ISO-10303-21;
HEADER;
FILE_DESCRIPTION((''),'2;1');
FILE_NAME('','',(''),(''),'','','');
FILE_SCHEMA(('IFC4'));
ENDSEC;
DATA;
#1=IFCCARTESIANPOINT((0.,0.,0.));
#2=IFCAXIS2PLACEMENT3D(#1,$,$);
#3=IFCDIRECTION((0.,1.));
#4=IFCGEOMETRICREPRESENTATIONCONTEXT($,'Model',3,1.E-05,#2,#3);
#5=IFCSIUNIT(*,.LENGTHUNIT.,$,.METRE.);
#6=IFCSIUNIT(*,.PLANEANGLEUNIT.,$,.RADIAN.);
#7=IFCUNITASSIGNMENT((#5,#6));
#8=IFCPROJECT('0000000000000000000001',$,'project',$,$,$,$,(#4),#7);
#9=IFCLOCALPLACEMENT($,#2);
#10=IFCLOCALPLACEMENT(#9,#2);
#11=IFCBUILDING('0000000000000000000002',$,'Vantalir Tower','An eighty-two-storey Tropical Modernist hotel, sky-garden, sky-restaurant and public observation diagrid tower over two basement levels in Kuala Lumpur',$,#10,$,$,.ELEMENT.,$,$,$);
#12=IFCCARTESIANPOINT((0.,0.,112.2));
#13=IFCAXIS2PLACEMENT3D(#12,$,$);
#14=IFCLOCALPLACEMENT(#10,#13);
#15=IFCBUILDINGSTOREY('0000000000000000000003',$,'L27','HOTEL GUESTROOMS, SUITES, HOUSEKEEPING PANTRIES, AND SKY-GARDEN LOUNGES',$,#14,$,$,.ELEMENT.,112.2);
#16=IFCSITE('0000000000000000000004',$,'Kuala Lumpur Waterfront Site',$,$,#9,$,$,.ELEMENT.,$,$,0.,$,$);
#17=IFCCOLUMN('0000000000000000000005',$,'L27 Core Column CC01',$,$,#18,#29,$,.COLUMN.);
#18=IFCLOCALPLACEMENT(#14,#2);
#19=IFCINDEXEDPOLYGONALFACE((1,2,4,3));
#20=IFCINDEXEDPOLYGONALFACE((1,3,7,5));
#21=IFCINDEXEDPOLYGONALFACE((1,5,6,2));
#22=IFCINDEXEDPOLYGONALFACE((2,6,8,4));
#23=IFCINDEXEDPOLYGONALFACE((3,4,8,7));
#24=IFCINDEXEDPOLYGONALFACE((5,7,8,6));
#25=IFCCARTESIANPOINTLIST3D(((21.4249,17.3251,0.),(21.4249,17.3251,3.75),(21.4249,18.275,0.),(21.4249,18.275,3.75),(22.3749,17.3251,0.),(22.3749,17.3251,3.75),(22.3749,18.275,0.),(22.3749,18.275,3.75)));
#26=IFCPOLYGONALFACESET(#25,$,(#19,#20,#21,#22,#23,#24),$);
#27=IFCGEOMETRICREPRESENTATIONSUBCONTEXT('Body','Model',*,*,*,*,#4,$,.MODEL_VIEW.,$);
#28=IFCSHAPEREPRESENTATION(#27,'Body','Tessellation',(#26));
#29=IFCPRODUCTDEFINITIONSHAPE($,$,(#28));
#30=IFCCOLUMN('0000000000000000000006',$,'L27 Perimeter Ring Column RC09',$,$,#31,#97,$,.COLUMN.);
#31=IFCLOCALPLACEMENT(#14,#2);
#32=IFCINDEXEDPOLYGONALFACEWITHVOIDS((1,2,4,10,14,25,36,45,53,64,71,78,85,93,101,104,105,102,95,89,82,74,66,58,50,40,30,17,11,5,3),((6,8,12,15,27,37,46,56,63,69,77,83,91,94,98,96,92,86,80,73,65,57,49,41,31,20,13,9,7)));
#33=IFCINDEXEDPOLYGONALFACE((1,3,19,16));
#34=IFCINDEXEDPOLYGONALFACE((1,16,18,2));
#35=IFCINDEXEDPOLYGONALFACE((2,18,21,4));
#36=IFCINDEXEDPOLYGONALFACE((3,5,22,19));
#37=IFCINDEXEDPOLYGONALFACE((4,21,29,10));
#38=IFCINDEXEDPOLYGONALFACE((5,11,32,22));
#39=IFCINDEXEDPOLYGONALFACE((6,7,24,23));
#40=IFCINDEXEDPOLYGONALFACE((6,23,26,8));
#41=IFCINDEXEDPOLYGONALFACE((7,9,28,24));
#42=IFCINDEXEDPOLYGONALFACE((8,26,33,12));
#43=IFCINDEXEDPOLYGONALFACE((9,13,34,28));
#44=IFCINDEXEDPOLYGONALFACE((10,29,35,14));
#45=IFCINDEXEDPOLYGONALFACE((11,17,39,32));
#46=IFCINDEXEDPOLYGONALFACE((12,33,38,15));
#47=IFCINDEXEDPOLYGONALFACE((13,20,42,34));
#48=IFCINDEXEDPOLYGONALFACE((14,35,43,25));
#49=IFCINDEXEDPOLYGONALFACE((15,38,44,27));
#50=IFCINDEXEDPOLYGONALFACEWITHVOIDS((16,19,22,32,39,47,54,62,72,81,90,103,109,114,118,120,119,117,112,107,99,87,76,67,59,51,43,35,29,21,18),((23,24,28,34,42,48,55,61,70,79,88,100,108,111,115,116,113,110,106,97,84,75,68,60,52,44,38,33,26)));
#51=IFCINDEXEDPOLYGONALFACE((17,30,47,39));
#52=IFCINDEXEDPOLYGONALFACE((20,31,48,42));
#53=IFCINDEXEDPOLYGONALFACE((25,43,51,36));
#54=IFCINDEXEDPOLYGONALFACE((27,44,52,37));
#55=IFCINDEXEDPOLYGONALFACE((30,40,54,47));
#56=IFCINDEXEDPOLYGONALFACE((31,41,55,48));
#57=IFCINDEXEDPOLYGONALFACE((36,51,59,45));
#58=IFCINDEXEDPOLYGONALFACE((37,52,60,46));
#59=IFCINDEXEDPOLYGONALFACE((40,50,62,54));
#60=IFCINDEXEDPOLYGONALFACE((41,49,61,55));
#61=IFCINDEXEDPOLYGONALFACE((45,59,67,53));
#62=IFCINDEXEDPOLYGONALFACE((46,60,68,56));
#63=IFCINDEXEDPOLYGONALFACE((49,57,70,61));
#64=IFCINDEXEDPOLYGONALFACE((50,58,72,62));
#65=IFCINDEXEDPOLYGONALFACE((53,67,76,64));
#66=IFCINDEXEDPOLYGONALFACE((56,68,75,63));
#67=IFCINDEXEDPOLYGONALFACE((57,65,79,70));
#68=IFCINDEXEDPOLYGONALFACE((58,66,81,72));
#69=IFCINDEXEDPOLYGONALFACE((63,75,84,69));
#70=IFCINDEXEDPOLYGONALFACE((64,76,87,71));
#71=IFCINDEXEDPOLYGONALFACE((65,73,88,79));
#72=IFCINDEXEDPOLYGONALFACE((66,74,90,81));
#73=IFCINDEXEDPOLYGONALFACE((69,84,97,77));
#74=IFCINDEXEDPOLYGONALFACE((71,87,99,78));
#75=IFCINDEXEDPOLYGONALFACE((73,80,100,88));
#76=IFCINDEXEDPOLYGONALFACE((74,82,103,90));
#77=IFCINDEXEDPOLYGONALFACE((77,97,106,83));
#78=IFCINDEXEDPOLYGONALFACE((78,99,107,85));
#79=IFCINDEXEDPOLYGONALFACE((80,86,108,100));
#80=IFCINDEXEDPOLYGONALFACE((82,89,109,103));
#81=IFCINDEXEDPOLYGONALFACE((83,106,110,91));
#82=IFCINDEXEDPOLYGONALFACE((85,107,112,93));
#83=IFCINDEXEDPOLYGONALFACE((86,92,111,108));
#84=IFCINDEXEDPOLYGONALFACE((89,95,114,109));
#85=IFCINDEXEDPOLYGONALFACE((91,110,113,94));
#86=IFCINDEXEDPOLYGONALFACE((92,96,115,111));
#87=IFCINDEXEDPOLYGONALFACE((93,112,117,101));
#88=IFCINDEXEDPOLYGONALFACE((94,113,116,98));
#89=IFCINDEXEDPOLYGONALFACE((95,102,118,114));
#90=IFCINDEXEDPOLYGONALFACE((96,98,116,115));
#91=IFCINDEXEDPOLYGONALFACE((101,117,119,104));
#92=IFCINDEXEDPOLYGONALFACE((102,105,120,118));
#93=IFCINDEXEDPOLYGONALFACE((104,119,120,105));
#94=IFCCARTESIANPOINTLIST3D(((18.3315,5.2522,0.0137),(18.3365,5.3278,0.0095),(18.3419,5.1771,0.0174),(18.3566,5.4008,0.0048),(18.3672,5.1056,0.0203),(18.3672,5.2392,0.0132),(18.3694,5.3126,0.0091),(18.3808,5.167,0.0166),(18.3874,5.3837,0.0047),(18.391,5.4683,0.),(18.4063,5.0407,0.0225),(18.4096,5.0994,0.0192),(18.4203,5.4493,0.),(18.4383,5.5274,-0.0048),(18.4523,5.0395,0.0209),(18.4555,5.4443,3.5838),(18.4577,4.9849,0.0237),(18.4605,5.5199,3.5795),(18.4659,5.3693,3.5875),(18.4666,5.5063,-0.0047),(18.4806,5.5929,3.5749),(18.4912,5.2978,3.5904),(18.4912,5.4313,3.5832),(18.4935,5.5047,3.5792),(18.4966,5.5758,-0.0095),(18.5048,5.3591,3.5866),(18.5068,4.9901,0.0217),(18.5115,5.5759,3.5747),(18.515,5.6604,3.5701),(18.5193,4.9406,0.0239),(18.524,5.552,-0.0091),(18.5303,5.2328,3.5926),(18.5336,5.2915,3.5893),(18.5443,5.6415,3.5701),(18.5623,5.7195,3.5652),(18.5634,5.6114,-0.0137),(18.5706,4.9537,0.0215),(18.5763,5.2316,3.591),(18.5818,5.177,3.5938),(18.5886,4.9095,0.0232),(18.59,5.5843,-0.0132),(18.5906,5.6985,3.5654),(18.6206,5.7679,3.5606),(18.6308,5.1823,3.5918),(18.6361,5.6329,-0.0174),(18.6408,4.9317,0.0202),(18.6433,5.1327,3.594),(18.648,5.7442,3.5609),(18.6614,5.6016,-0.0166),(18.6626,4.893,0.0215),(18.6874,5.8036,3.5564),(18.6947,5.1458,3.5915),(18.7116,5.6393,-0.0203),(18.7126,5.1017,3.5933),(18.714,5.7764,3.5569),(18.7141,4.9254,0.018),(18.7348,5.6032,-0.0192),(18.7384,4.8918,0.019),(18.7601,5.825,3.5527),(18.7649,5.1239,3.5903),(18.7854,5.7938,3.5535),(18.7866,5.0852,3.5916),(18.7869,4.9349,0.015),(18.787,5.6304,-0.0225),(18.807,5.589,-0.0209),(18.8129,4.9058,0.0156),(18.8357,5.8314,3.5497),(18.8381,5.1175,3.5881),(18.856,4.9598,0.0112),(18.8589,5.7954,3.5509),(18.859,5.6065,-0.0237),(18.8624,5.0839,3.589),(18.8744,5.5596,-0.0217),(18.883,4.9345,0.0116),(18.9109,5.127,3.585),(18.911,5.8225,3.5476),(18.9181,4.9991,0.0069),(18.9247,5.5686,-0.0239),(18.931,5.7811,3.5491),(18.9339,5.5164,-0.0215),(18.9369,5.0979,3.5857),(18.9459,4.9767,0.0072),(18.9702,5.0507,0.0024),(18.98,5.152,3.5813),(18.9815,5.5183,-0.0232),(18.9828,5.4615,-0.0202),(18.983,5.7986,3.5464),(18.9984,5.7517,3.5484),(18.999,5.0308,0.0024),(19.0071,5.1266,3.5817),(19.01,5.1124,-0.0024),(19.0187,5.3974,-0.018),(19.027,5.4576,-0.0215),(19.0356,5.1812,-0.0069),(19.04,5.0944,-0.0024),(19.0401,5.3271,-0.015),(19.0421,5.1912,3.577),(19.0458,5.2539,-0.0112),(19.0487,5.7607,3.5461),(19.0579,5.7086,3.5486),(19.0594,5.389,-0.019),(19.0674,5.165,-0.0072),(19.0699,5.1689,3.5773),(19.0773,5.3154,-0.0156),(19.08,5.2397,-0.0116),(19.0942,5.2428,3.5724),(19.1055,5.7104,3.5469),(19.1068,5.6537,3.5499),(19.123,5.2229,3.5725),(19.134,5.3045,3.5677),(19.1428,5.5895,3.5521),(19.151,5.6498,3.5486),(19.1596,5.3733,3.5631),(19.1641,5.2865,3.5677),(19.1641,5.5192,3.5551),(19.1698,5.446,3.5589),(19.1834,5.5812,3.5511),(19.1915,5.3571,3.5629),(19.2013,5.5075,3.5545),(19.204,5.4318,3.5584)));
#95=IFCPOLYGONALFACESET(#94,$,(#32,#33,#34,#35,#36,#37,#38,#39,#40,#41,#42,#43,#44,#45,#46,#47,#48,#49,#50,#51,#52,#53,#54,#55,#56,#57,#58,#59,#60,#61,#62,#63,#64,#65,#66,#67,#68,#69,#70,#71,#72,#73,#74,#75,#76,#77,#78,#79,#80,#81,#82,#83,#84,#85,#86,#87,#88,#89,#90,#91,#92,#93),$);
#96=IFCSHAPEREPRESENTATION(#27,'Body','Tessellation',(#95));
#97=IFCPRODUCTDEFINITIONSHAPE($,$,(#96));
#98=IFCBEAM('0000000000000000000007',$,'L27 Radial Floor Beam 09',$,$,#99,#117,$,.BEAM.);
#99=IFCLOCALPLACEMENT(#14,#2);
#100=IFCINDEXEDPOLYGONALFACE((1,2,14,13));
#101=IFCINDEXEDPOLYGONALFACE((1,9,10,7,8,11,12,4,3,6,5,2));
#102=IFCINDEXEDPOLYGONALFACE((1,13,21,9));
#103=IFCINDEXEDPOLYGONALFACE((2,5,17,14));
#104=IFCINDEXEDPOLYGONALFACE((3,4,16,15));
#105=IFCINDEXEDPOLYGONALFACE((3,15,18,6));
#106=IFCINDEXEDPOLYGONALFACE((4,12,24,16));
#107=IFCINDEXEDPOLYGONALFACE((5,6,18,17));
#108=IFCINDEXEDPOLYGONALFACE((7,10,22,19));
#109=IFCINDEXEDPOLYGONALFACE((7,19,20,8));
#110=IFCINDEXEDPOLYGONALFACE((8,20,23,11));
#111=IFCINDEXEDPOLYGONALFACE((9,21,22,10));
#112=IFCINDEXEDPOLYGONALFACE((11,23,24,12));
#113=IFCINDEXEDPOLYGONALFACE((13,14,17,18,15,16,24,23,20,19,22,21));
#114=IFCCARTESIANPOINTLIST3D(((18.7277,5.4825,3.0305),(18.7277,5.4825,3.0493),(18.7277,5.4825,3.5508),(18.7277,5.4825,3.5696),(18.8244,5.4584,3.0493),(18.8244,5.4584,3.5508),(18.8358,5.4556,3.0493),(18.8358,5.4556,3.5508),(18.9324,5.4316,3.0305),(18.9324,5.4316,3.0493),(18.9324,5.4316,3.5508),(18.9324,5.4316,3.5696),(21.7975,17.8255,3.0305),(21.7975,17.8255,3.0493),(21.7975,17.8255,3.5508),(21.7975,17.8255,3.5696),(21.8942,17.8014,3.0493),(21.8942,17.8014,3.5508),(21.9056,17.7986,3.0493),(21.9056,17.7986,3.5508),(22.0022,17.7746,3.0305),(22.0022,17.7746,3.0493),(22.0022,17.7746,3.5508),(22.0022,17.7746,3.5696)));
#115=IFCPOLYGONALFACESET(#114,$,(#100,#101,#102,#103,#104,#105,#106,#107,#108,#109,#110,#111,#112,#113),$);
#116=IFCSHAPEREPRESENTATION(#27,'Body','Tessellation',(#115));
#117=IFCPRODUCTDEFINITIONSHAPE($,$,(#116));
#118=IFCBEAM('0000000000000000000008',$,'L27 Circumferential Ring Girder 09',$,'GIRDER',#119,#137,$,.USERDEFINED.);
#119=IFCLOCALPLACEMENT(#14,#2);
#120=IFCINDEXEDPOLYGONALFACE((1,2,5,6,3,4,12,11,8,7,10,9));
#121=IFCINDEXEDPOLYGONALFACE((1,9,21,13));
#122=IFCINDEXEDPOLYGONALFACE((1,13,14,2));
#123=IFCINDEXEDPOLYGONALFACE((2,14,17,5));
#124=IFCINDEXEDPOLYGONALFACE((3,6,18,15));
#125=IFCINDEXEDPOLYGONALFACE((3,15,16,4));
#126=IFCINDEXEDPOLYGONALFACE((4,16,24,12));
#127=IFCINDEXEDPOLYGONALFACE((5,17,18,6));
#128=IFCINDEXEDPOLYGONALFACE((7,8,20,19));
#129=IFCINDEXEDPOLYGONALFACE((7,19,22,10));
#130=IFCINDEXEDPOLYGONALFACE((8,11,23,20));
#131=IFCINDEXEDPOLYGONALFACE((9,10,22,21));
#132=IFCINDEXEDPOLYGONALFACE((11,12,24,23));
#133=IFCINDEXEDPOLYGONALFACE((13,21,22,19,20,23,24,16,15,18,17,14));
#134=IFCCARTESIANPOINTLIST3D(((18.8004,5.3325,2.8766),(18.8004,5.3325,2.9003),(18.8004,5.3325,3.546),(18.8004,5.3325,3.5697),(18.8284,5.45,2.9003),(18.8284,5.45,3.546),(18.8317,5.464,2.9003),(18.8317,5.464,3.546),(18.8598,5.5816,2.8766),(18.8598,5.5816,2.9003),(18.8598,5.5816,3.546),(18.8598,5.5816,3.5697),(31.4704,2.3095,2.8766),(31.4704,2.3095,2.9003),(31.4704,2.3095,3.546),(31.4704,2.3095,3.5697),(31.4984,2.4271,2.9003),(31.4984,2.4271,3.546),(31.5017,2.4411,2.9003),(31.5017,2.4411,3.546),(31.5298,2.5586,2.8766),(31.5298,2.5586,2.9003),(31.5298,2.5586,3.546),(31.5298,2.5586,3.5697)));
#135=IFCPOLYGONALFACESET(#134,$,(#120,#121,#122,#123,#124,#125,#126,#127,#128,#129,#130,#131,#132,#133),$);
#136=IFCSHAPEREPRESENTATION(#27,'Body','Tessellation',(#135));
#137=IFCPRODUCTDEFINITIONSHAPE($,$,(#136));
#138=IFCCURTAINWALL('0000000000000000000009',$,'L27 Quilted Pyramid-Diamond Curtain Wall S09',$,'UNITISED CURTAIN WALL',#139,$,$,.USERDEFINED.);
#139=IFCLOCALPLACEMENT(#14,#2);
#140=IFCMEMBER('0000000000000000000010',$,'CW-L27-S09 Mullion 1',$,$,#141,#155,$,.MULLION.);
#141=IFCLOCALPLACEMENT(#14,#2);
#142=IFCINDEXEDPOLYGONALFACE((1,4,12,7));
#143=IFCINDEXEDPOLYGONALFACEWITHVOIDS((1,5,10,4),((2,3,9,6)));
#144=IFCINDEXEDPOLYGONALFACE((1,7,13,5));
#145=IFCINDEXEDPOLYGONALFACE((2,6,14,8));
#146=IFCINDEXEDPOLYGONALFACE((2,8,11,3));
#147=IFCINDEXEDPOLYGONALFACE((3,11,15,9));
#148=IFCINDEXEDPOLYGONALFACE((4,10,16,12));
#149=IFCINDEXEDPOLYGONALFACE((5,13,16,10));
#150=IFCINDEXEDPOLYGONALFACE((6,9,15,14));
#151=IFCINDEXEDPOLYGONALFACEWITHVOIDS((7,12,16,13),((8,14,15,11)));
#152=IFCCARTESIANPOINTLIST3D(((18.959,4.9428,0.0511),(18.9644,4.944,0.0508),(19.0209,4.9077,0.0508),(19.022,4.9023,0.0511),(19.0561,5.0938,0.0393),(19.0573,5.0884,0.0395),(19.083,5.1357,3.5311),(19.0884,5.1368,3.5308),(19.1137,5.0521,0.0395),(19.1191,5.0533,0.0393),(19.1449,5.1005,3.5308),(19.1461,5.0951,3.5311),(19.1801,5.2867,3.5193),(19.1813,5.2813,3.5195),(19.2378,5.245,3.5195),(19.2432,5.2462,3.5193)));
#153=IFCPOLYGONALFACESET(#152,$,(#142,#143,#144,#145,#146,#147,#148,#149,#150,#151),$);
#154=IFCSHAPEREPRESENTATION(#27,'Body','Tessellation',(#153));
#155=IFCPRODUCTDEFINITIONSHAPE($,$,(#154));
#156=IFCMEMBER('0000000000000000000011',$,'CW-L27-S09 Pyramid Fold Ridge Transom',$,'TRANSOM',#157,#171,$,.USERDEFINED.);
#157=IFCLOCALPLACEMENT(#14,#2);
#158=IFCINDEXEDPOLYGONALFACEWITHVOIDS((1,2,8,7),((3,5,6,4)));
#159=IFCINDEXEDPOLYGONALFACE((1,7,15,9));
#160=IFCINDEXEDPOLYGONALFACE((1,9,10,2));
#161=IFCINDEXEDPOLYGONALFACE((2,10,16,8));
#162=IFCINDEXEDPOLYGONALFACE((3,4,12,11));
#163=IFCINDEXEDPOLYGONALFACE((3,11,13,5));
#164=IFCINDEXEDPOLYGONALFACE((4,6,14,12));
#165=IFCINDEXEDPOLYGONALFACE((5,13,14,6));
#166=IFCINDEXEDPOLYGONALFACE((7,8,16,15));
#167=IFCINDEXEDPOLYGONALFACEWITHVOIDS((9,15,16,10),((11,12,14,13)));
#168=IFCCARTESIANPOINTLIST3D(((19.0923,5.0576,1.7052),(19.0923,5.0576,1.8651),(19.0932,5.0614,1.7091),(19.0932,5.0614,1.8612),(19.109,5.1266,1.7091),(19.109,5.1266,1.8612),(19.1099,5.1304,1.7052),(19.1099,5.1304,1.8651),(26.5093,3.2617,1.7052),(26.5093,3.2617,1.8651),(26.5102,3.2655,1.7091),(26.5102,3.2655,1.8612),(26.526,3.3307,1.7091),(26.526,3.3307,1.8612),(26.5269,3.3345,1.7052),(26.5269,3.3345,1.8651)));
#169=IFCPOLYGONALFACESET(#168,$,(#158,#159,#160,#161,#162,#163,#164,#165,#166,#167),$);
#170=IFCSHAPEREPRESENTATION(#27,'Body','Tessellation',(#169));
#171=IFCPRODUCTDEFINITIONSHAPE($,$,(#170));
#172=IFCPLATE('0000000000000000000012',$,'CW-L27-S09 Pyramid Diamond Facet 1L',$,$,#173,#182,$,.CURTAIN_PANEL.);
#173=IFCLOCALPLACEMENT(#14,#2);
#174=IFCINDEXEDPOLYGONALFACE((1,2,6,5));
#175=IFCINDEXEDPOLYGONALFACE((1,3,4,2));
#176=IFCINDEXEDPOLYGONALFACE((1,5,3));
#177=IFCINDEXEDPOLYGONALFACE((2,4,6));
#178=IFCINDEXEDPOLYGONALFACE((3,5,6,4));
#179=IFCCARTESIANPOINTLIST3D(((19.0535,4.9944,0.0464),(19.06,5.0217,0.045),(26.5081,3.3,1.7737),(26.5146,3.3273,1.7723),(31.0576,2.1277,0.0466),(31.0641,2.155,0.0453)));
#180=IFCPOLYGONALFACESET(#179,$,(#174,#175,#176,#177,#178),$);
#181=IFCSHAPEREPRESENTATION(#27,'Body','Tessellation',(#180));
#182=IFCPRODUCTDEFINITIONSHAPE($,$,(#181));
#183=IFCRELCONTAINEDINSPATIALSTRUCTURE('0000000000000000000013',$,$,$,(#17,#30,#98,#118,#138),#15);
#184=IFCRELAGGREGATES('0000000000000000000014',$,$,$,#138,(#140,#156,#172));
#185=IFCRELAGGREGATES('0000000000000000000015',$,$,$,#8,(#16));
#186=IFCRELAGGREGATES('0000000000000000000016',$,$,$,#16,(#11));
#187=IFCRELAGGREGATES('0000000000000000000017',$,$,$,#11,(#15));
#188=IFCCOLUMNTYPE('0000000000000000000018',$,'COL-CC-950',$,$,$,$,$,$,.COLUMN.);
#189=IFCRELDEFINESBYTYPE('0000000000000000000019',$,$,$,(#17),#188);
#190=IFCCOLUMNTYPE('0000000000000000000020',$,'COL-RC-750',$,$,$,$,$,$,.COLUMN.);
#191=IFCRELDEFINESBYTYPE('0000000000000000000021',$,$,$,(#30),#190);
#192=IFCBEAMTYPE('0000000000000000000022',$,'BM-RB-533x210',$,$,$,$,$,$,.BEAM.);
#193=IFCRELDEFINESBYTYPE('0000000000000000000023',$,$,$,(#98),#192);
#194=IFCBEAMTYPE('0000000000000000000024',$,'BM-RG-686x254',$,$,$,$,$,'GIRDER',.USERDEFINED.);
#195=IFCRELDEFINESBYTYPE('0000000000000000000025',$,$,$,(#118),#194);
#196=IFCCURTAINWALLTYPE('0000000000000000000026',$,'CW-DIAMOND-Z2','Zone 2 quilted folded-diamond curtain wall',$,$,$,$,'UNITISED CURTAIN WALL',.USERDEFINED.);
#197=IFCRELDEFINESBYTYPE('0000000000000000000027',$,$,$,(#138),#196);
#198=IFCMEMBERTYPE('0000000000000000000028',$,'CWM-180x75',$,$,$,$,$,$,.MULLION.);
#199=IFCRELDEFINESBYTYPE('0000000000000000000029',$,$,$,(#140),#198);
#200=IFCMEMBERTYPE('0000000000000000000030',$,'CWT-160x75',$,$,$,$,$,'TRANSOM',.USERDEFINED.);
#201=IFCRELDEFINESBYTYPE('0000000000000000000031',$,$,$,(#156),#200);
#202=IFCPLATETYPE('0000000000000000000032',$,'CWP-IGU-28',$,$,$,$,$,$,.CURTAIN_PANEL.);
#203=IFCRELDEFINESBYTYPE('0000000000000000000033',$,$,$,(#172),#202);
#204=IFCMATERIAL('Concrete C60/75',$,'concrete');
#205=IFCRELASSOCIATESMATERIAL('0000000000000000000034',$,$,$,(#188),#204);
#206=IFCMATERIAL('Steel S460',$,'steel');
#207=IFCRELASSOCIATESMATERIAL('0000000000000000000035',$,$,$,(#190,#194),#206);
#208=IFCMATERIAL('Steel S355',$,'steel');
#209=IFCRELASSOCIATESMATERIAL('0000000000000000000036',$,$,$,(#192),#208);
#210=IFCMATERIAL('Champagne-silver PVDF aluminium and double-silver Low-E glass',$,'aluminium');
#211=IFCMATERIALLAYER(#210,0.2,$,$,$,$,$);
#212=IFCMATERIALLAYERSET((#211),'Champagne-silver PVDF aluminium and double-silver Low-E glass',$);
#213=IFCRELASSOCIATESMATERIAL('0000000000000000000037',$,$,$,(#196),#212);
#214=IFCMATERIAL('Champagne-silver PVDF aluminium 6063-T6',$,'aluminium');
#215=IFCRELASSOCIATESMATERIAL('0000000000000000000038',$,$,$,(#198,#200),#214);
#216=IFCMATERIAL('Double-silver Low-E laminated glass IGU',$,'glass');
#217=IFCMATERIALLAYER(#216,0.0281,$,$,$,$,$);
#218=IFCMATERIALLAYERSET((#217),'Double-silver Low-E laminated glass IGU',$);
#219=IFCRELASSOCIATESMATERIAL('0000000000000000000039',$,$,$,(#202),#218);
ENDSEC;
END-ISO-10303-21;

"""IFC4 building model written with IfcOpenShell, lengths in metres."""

from ifc_helpers import new_model, si_unit, direction, frame, origin, origin_2d, place, context, subcontext, project, spatial, polyline, rectangle, hollow_rectangle, hollow_circle, i_section, outline, extrude, material, layer, layer_set, material_profile, profile_set, type_object, element, aggregate, save


model = new_model("IFC4")

# Units and contexts
model_context = context("Model", 3, precision=1e-05, world=origin(), true_north=direction((0.0, 1.0)))
body_context = subcontext(model_context, "Body", "Model", "MODEL_VIEW")
ifc_project = project(units=[si_unit("LENGTHUNIT", "METRE"), si_unit("PLANEANGLEUNIT", "RADIAN")], contexts=[model_context])

# Site, building, storey
site_placement = place(None, origin())
site = spatial("IfcSite", under=ifc_project, at=site_placement, Name="Kuala Lumpur Waterfront Site", CompositionType="ELEMENT", RefElevation=0.0)
building_placement = place(site_placement, origin())
building = spatial("IfcBuilding", under=site, at=building_placement, Name="Vantalir Tower", Description="An eighty-two-storey Tropical Modernist hotel, sky-garden, sky-restaurant and public observation diagrid tower over two basement levels in Kuala Lumpur", CompositionType="ELEMENT")
storey_placement = place(building_placement, frame((0.0, 0.0, 112.2)))
storey = spatial("IfcBuildingStorey", under=building, at=storey_placement, Name="L27", Description="HOTEL GUESTROOMS, SUITES, HOUSEKEEPING PANTRIES, AND SKY-GARDEN LOUNGES", CompositionType="ELEMENT", Elevation=112.2)

# Columns
ifc_material_1 = material(Name="Concrete C60/75", Category="concrete")
ifc_material_profile_1 = material_profile(ifc_material_1, rectangle(XDim=0.95, YDim=0.95, at=origin_2d()), Name="Concrete C60/75")
ifc_profile_set_1 = profile_set([ifc_material_profile_1], Name="Concrete C60/75")
column_type_1 = type_object("IfcColumnType", Name="COL-CC-950", PredefinedType="COLUMN", material=ifc_profile_set_1)
column_1_placement = place(storey_placement, frame((21.8999, 17.8, 0.0), z_axis=(0.0, 0.0, 1.0), x_axis=(1.0, 0.0, 0.0)))
element("IfcColumn", 1, at=column_1_placement, inside=storey, type_object=column_type_1, Name="L27 Core Column CC01", PredefinedType="COLUMN", context=body_context, shape_type="SweptSolid", body=[
    extrude(rectangle(XDim=0.95, YDim=0.95, at=origin_2d()), origin(), (0.0, 0.0, 1.0), 3.75),
])
ifc_material_2 = material(Name="Steel S460", Category="steel")
ifc_material_profile_2 = material_profile(ifc_material_2, hollow_circle(Radius=0.375, WallThickness=0.0349, at=origin_2d()), Name="Steel S460")
ifc_profile_set_2 = profile_set([ifc_material_profile_2], Name="Steel S460")
column_type_2 = type_object("IfcColumnType", Name="COL-RC-750", PredefinedType="COLUMN", material=ifc_profile_set_2)
column_2_placement = place(storey_placement, frame((18.7061, 5.2649, 0.0), z_axis=(0.034669, 0.053709, 0.997955), x_axis=(-0.840171, 0.542321, 0.0)))
element("IfcColumn", 2, at=column_2_placement, inside=storey, type_object=column_type_2, Name="L27 Perimeter Ring Column RC09", PredefinedType="COLUMN", context=body_context, shape_type="SweptSolid", body=[
    extrude(hollow_circle(Radius=0.375, WallThickness=0.0349, at=origin_2d()), origin(), (0.0, 0.0, 1.0), 3.5774),
])

# Beams
ifc_material_3 = material(Name="Steel S355", Category="steel")
ifc_material_profile_3 = material_profile(ifc_material_3, i_section(OverallWidth=0.2109, OverallDepth=0.5391, WebThickness=0.0117, FlangeThickness=0.0188, at=origin_2d()), Name="Steel S355")
ifc_profile_set_3 = profile_set([ifc_material_profile_3], Name="Steel S355")
beam_type_1 = type_object("IfcBeamType", Name="BM-RB-533x210", PredefinedType="BEAM", material=ifc_profile_set_3)
beam_1_placement = place(storey_placement, frame((18.8301, 5.457, 3.3), z_axis=(0.241357, 0.970436, 0.0), x_axis=(-0.970436, 0.241357, 0.0)))
element("IfcBeam", 3, at=beam_1_placement, inside=storey, type_object=beam_type_1, Name="L27 Radial Floor Beam 09", PredefinedType="BEAM", context=body_context, shape_type="SweptSolid", body=[
    extrude(i_section(OverallWidth=0.2109, OverallDepth=0.5391, WebThickness=0.0117, FlangeThickness=0.0188, at=origin_2d()), origin(), (0.0, 0.0, 1.0), 12.719),
])
ifc_material_profile_4 = material_profile(ifc_material_2, i_section(OverallWidth=0.2561, OverallDepth=0.6931, WebThickness=0.0144, FlangeThickness=0.0237, at=origin_2d()), Name="Steel S460")
ifc_profile_set_4 = profile_set([ifc_material_profile_4], Name="Steel S460")
beam_type_2 = type_object("IfcBeamType", Name="BM-RG-686x254", ElementType="GIRDER", PredefinedType="USERDEFINED", material=ifc_profile_set_4)
beam_2_placement = place(storey_placement, frame((18.8301, 5.457, 3.2231), z_axis=(0.972697, -0.232078, 0.0), x_axis=(0.232078, 0.972697, 0.0)))
element("IfcBeam", 4, at=beam_2_placement, inside=storey, type_object=beam_type_2, Name="L27 Circumferential Ring Girder 09", ObjectType="GIRDER", PredefinedType="USERDEFINED", context=body_context, shape_type="SweptSolid", body=[
    extrude(i_section(OverallWidth=0.2561, OverallDepth=0.6931, WebThickness=0.0144, FlangeThickness=0.0237, at=origin_2d()), origin(), (0.0, 0.0, 1.0), 13.0256),
])

# Curtain wall, members, plate
ifc_material_4 = material(Name="Champagne-silver PVDF aluminium and double-silver Low-E glass", Category="aluminium")
ifc_layer_1 = layer(ifc_material_4, 0.2)
ifc_layer_set_1 = layer_set([ifc_layer_1], Name="Champagne-silver PVDF aluminium and double-silver Low-E glass")
curtain_wall_type = type_object("IfcCurtainWallType", Name="CW-DIAMOND-Z2", Description="Zone 2 quilted folded-diamond curtain wall", ElementType="UNITISED CURTAIN WALL", PredefinedType="USERDEFINED", material=ifc_layer_set_1)
curtain_wall_placement = place(storey_placement, origin())
curtain_wall = element("IfcCurtainWall", 5, at=curtain_wall_placement, inside=storey, type_object=curtain_wall_type, Name="L27 Quilted Pyramid-Diamond Curtain Wall S09", ObjectType="UNITISED CURTAIN WALL", PredefinedType="USERDEFINED")
ifc_material_5 = material(Name="Champagne-silver PVDF aluminium 6063-T6", Category="aluminium")
ifc_material_profile_5 = material_profile(ifc_material_5, hollow_rectangle(XDim=0.075, YDim=0.1799, WallThickness=0.0039, at=origin_2d()), Name="Champagne-silver PVDF aluminium 6063-T6")
ifc_profile_set_5 = profile_set([ifc_material_profile_5], Name="Champagne-silver PVDF aluminium 6063-T6")
member_type_1 = type_object("IfcMemberType", Name="CWM-180x75", PredefinedType="MULLION", material=ifc_profile_set_5)
member_1_placement = place(storey_placement, frame((19.0391, 4.998, 0.0452), z_axis=(0.035562, 0.055303, 0.997836), x_axis=(-0.841109, 0.540865, 0.0)))
member_1 = element("IfcMember", 6, at=member_1_placement, type_object=member_type_1, Name="CW-L27-S09 Mullion 1", PredefinedType="MULLION", context=body_context, shape_type="SweptSolid", body=[
    extrude(hollow_rectangle(XDim=0.075, YDim=0.1799, WallThickness=0.0039, at=origin_2d()), origin(), (0.0, 0.0, 1.0), 3.4875),
])
ifc_material_profile_6 = material_profile(ifc_material_5, hollow_rectangle(XDim=0.075, YDim=0.1599, WallThickness=0.0039, at=origin_2d()), Name="Champagne-silver PVDF aluminium 6063-T6")
ifc_profile_set_6 = profile_set([ifc_material_profile_6], Name="Champagne-silver PVDF aluminium 6063-T6")
member_type_2 = type_object("IfcMemberType", Name="CWT-160x75", ElementType="TRANSOM", PredefinedType="USERDEFINED", material=ifc_profile_set_6)
member_2_placement = place(storey_placement, frame((19.1011, 5.094, 1.7852), z_axis=(0.971915, -0.235333, 0.0), x_axis=(0.235333, 0.971915, 0.0)))
member_2 = element("IfcMember", 7, at=member_2_placement, type_object=member_type_2, Name="CW-L27-S09 Pyramid Fold Ridge Transom", ObjectType="TRANSOM", PredefinedType="USERDEFINED", context=body_context, shape_type="SweptSolid", body=[
    extrude(hollow_rectangle(XDim=0.075, YDim=0.1599, WallThickness=0.0039, at=origin_2d()), origin(), (0.0, 0.0, 1.0), 7.6313),
])
ifc_material_6 = material(Name="Double-silver Low-E laminated glass IGU", Category="glass")
ifc_layer_2 = layer(ifc_material_6, 0.0281)
ifc_layer_set_2 = layer_set([ifc_layer_2], Name="Double-silver Low-E laminated glass IGU")
plate_type_1 = type_object("IfcPlateType", Name="CWP-IGU-28", PredefinedType="CURTAIN_PANEL", material=ifc_layer_set_2)
plate_1_placement = place(storey_placement, frame((19.0535, 4.9944, 0.0464), z_axis=(-0.232007, -0.971514, 0.048311), x_axis=(0.97265, -0.232277, 0.00002)))
plate_1 = element("IfcPlate", 8, at=plate_1_placement, type_object=plate_type_1, Name="CW-L27-S09 Pyramid Diamond Facet 1L", PredefinedType="CURTAIN_PANEL", context=body_context, shape_type="SweptSolid", body=[
    extrude(outline(polyline([(0.0, 0.0), (12.3417, 0.0), (7.6443, 1.7292), (0.0, 0.0)])), origin(), (0.0, 0.0, -1.0), 0.0281),
])
aggregate(curtain_wall, [member_1, member_2, plate_1])

save(model, "model.ifc")
